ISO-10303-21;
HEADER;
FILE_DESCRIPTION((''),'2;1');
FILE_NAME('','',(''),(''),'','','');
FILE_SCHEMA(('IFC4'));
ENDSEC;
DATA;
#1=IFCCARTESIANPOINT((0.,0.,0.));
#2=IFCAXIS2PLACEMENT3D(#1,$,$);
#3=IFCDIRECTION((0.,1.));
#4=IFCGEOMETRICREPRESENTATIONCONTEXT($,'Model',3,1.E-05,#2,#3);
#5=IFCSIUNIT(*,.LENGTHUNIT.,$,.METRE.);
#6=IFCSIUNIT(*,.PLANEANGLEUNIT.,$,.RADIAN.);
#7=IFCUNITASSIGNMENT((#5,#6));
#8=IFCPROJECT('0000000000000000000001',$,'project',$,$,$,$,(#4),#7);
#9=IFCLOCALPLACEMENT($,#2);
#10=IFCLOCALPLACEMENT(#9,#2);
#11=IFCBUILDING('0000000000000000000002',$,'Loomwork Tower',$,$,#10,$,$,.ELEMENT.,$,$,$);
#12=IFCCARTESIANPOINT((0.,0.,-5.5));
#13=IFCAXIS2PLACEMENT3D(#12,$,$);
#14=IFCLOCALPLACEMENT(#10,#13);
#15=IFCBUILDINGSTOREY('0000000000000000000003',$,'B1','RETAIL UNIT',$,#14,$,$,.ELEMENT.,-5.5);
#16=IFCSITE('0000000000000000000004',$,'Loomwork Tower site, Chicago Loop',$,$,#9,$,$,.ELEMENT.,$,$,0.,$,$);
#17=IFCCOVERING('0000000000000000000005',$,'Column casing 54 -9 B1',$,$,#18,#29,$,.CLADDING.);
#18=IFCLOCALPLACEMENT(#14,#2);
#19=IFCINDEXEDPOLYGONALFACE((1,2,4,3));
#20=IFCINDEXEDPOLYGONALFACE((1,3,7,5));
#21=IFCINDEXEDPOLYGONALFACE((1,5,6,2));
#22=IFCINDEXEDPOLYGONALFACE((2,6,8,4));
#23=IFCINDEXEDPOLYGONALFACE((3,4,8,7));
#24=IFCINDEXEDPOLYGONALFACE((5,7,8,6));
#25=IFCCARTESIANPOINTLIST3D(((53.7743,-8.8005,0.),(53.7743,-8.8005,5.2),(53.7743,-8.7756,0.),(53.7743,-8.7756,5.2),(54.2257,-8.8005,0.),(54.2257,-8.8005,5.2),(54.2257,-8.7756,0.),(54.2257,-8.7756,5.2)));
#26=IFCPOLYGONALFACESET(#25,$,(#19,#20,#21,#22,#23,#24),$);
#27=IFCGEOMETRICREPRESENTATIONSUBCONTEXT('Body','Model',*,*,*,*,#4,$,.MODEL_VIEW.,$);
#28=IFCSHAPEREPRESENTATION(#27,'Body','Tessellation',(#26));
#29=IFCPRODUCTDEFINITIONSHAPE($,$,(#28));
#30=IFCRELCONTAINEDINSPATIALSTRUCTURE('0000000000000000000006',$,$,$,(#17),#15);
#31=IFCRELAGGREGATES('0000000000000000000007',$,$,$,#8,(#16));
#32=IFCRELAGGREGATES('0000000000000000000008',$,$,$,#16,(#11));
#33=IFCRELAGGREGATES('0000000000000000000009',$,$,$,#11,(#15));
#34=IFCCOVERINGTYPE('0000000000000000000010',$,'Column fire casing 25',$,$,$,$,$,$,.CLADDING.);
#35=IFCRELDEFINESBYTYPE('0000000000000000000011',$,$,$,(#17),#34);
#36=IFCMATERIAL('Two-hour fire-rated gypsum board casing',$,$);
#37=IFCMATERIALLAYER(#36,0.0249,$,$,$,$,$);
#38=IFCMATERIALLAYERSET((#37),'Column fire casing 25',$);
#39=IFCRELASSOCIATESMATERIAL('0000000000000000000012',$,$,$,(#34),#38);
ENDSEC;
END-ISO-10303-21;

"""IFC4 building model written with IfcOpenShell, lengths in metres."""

from ifc_helpers import new_model, si_unit, direction, frame, origin, origin_2d, place, context, subcontext, project, spatial, rectangle, extrude, material, layer, layer_set, type_object, element, save


model = new_model("IFC4")

# Units and contexts
model_context = context("Model", 3, precision=1e-05, world=origin(), true_north=direction((0.0, 1.0)))
body_context = subcontext(model_context, "Body", "Model", "MODEL_VIEW")
ifc_project = project(units=[si_unit("LENGTHUNIT", "METRE"), si_unit("PLANEANGLEUNIT", "RADIAN")], contexts=[model_context])

# Site, building, storey
site_placement = place(None, origin())
site = spatial("IfcSite", under=ifc_project, at=site_placement, Name="Loomwork Tower site, Chicago Loop", CompositionType="ELEMENT", RefElevation=0.0)
building_placement = place(site_placement, origin())
building = spatial("IfcBuilding", under=site, at=building_placement, Name="Loomwork Tower", CompositionType="ELEMENT")
storey_placement = place(building_placement, frame((0.0, 0.0, -5.5)))
storey = spatial("IfcBuildingStorey", under=building, at=storey_placement, Name="B1", Description="RETAIL UNIT", CompositionType="ELEMENT", Elevation=-5.5)

# Covering
ifc_material_1 = material(Name="Two-hour fire-rated gypsum board casing")
ifc_layer_1 = layer(ifc_material_1, 0.0249)
ifc_layer_set_1 = layer_set([ifc_layer_1], Name="Column fire casing 25")
covering_type = type_object("IfcCoveringType", Name="Column fire casing 25", PredefinedType="CLADDING", material=ifc_layer_set_1)
covering_1_placement = place(storey_placement, frame((54.0, -8.7881, 0.0), z_axis=(0.0, 0.0, 1.0), x_axis=(1.0, 0.0, 0.0)))
element("IfcCovering", 1, at=covering_1_placement, inside=storey, type_object=covering_type, Name="Column casing 54 -9 B1", PredefinedType="CLADDING", context=body_context, shape_type="SweptSolid", body=[
    extrude(rectangle(XDim=0.4514, YDim=0.0249, at=origin_2d()), origin(), (0.0, 0.0, 1.0), 5.2),
])

save(model, "model.ifc")
